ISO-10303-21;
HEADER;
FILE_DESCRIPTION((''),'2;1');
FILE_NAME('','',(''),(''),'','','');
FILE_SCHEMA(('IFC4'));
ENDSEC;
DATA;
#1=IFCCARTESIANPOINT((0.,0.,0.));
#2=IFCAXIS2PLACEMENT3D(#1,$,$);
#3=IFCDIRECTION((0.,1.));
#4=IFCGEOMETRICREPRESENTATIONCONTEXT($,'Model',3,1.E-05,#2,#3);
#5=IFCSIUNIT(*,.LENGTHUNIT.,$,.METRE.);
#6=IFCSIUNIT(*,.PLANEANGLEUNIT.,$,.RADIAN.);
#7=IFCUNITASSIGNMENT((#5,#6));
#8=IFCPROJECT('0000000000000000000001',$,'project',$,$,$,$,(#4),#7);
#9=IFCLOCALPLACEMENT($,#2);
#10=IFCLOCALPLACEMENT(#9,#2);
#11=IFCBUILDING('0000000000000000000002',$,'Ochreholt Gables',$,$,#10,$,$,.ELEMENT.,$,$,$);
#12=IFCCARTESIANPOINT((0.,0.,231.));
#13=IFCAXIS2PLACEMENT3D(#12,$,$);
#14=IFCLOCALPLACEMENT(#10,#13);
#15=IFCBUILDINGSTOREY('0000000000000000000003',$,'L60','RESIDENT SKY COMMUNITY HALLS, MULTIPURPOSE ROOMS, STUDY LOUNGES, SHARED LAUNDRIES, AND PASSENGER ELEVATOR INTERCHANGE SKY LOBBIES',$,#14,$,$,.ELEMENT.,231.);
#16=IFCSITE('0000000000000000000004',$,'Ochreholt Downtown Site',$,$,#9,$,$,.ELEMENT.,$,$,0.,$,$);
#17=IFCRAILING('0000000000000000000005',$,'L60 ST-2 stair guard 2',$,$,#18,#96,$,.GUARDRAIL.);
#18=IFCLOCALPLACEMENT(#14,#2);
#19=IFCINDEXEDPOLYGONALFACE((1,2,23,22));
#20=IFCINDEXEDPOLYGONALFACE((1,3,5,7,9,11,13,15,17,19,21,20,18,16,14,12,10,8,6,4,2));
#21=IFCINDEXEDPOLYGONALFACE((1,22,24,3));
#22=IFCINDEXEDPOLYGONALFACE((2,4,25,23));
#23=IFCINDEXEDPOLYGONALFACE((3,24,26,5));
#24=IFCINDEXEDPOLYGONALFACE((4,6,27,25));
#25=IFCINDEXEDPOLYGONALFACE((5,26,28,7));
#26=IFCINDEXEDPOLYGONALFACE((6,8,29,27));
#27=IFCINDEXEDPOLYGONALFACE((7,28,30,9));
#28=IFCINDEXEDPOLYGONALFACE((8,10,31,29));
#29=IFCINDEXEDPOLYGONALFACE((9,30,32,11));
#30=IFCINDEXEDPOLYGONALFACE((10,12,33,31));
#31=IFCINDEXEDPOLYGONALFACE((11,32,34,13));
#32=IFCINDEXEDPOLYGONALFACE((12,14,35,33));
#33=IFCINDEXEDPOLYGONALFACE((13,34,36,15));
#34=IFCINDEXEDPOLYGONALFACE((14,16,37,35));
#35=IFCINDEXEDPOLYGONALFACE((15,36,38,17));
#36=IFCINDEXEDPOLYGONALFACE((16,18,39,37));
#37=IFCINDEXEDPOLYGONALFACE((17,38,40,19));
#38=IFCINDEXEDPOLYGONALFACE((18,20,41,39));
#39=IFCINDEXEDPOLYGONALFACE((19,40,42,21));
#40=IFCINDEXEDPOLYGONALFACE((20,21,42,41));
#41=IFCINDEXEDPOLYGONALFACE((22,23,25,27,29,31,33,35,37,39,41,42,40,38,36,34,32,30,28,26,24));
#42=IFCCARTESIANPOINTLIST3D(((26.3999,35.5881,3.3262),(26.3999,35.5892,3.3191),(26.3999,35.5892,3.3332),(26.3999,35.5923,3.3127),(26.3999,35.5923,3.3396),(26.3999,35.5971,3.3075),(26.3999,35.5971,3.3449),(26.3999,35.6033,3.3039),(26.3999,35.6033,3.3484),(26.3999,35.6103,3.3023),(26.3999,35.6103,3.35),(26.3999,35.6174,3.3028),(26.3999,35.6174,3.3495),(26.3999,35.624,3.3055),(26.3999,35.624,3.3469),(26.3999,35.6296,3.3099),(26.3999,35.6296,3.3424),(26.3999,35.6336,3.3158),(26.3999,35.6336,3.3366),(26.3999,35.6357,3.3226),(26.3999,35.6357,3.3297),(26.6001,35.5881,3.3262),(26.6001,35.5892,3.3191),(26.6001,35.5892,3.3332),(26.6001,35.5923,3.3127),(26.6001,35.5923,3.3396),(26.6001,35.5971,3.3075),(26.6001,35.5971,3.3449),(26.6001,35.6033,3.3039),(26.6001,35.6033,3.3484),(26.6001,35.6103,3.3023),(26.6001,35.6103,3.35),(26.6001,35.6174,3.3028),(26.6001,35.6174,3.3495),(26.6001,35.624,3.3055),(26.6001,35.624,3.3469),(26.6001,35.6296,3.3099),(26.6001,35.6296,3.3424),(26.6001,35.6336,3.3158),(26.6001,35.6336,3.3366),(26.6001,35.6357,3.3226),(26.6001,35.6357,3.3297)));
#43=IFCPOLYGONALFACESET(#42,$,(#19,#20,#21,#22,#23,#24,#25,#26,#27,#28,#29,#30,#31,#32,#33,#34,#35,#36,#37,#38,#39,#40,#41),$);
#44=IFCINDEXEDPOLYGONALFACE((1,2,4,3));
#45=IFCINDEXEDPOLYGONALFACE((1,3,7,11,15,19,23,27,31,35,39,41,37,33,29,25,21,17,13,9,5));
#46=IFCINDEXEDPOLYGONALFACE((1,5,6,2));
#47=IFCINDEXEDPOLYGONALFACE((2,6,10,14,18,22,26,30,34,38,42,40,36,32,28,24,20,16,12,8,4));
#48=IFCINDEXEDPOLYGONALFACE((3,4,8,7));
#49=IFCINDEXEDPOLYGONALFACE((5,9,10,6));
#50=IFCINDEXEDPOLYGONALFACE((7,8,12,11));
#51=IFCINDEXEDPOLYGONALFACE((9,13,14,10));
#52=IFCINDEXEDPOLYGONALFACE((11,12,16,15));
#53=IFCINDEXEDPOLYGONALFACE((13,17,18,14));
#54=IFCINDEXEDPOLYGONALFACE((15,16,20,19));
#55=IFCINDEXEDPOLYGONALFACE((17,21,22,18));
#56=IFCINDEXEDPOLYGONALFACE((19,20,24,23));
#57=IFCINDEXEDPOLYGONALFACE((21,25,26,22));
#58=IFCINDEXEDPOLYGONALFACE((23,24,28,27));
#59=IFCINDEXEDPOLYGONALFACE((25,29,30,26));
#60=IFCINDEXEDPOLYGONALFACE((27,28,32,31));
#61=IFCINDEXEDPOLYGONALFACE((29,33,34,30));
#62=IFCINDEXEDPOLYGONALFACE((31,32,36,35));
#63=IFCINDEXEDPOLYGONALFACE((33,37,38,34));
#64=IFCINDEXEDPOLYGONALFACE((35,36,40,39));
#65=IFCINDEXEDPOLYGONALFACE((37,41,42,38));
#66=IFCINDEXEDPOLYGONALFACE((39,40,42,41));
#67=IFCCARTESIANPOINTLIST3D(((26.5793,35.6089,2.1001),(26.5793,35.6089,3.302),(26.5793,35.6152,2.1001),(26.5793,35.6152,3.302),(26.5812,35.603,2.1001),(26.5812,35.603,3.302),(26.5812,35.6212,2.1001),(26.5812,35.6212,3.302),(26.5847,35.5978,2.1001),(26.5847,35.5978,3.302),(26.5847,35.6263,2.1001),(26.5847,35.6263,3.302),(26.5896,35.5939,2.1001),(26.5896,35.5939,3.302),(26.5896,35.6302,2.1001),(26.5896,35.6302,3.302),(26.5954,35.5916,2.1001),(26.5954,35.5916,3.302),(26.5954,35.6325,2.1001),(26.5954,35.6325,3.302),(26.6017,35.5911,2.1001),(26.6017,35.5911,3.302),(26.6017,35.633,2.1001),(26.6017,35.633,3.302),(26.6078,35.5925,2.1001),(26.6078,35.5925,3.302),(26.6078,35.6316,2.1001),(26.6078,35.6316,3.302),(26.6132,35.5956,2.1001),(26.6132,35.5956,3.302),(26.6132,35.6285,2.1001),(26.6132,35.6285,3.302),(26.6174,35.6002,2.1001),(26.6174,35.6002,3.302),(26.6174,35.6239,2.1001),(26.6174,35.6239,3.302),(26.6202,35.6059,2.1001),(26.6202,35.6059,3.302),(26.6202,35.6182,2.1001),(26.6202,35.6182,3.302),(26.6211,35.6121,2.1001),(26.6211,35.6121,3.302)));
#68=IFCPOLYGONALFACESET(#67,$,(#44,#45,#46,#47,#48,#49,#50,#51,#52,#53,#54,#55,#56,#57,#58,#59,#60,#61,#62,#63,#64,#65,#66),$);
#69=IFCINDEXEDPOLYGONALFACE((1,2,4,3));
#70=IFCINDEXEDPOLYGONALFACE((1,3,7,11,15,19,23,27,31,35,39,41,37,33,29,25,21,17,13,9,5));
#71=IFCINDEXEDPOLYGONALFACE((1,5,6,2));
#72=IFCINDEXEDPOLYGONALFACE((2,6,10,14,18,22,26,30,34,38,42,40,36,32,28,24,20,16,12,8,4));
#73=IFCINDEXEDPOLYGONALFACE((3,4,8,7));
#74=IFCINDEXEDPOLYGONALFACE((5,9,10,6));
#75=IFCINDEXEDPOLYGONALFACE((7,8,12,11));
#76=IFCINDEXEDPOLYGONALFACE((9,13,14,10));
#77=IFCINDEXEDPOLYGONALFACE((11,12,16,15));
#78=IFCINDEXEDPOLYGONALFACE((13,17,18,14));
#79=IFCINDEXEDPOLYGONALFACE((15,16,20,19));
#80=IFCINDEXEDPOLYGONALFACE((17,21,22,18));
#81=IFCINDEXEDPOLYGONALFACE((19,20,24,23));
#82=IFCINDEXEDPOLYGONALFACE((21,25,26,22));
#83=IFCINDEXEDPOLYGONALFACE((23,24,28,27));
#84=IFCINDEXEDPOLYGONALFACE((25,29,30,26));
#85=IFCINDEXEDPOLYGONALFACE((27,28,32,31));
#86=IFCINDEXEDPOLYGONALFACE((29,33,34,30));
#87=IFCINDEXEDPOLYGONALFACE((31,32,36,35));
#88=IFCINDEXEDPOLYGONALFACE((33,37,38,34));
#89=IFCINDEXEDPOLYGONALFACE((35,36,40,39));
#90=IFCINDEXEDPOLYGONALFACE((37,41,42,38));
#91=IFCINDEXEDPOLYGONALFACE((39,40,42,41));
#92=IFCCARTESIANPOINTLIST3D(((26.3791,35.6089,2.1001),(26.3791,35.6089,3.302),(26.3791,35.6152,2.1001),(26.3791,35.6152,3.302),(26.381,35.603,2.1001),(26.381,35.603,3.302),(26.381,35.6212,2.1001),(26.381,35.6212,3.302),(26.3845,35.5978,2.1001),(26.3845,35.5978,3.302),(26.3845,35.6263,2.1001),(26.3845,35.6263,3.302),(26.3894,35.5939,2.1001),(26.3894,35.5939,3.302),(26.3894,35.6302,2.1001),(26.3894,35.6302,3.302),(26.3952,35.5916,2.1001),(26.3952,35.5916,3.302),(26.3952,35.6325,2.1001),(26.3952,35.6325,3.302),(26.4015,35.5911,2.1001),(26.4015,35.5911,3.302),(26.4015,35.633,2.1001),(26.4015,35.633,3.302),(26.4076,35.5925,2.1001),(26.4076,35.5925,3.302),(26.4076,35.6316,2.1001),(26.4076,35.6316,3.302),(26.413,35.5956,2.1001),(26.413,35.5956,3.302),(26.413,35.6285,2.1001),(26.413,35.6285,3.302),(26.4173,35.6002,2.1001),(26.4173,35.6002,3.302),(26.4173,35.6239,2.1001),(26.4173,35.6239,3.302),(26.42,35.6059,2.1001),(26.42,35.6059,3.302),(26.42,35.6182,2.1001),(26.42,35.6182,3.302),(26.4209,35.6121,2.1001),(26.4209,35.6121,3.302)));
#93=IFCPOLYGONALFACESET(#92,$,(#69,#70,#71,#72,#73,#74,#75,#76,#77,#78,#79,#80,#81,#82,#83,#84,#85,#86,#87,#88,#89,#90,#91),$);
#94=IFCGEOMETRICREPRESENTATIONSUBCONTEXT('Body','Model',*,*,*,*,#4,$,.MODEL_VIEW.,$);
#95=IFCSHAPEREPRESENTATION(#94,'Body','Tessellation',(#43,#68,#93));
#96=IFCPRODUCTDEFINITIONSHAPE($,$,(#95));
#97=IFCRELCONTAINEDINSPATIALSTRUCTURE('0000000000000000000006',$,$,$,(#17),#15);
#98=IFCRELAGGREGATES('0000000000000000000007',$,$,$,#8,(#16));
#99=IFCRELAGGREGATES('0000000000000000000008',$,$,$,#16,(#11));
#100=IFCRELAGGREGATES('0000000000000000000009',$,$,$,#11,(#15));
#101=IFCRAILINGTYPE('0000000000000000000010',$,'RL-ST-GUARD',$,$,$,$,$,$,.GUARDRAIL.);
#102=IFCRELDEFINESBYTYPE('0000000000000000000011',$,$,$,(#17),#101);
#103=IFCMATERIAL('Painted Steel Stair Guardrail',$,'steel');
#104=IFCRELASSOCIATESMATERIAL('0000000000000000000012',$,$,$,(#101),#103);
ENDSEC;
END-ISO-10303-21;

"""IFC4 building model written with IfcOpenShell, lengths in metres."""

from ifc_helpers import new_model, si_unit, direction, frame, origin, origin_2d, place, context, subcontext, project, spatial, circle, extrude, material, type_object, element, save


model = new_model("IFC4")

# Units and contexts
model_context = context("Model", 3, precision=1e-05, world=origin(), true_north=direction((0.0, 1.0)))
body_context = subcontext(model_context, "Body", "Model", "MODEL_VIEW")
ifc_project = project(units=[si_unit("LENGTHUNIT", "METRE"), si_unit("PLANEANGLEUNIT", "RADIAN")], contexts=[model_context])

# Site, building, storey
site_placement = place(None, origin())
site = spatial("IfcSite", under=ifc_project, at=site_placement, Name="Ochreholt Downtown Site", CompositionType="ELEMENT", RefElevation=0.0)
building_placement = place(site_placement, origin())
building = spatial("IfcBuilding", under=site, at=building_placement, Name="Ochreholt Gables", CompositionType="ELEMENT")
storey_placement = place(building_placement, frame((0.0, 0.0, 231.0)))
storey = spatial("IfcBuildingStorey", under=building, at=storey_placement, Name="L60", Description="RESIDENT SKY COMMUNITY HALLS, MULTIPURPOSE ROOMS, STUDY LOUNGES, SHARED LAUNDRIES, AND PASSENGER ELEVATOR INTERCHANGE SKY LOBBIES", CompositionType="ELEMENT", Elevation=231.0)

# Railing
ifc_material_1 = material(Name="Painted Steel Stair Guardrail", Category="steel")
railing_type_1 = type_object("IfcRailingType", Name="RL-ST-GUARD", PredefinedType="GUARDRAIL", material=ifc_material_1)
railing_1_placement = place(storey_placement, frame((26.6001, 35.6121, 2.1001)))
element("IfcRailing", 1, at=railing_1_placement, inside=storey, type_object=railing_type_1, Name="L60 ST-2 stair guard 2", PredefinedType="GUARDRAIL", context=body_context, shape_type="SweptSolid", body=[
    extrude(circle(Radius=0.0239, at=origin_2d()), frame((0.0, 0.0, 1.2261), z_axis=(-1.0, 0.0, 0.0), x_axis=(0.0, -1.0, 0.0)), (0.0, 0.0, 1.0), 0.2002),
    extrude(circle(Radius=0.021, at=origin_2d()), origin(), (0.0, 0.0, 1.0), 1.2019),
    extrude(circle(Radius=0.021, at=origin_2d()), frame((-0.2002, 0.0, 0.0)), (0.0, 0.0, 1.0), 1.2019),
])

save(model, "model.ifc")
